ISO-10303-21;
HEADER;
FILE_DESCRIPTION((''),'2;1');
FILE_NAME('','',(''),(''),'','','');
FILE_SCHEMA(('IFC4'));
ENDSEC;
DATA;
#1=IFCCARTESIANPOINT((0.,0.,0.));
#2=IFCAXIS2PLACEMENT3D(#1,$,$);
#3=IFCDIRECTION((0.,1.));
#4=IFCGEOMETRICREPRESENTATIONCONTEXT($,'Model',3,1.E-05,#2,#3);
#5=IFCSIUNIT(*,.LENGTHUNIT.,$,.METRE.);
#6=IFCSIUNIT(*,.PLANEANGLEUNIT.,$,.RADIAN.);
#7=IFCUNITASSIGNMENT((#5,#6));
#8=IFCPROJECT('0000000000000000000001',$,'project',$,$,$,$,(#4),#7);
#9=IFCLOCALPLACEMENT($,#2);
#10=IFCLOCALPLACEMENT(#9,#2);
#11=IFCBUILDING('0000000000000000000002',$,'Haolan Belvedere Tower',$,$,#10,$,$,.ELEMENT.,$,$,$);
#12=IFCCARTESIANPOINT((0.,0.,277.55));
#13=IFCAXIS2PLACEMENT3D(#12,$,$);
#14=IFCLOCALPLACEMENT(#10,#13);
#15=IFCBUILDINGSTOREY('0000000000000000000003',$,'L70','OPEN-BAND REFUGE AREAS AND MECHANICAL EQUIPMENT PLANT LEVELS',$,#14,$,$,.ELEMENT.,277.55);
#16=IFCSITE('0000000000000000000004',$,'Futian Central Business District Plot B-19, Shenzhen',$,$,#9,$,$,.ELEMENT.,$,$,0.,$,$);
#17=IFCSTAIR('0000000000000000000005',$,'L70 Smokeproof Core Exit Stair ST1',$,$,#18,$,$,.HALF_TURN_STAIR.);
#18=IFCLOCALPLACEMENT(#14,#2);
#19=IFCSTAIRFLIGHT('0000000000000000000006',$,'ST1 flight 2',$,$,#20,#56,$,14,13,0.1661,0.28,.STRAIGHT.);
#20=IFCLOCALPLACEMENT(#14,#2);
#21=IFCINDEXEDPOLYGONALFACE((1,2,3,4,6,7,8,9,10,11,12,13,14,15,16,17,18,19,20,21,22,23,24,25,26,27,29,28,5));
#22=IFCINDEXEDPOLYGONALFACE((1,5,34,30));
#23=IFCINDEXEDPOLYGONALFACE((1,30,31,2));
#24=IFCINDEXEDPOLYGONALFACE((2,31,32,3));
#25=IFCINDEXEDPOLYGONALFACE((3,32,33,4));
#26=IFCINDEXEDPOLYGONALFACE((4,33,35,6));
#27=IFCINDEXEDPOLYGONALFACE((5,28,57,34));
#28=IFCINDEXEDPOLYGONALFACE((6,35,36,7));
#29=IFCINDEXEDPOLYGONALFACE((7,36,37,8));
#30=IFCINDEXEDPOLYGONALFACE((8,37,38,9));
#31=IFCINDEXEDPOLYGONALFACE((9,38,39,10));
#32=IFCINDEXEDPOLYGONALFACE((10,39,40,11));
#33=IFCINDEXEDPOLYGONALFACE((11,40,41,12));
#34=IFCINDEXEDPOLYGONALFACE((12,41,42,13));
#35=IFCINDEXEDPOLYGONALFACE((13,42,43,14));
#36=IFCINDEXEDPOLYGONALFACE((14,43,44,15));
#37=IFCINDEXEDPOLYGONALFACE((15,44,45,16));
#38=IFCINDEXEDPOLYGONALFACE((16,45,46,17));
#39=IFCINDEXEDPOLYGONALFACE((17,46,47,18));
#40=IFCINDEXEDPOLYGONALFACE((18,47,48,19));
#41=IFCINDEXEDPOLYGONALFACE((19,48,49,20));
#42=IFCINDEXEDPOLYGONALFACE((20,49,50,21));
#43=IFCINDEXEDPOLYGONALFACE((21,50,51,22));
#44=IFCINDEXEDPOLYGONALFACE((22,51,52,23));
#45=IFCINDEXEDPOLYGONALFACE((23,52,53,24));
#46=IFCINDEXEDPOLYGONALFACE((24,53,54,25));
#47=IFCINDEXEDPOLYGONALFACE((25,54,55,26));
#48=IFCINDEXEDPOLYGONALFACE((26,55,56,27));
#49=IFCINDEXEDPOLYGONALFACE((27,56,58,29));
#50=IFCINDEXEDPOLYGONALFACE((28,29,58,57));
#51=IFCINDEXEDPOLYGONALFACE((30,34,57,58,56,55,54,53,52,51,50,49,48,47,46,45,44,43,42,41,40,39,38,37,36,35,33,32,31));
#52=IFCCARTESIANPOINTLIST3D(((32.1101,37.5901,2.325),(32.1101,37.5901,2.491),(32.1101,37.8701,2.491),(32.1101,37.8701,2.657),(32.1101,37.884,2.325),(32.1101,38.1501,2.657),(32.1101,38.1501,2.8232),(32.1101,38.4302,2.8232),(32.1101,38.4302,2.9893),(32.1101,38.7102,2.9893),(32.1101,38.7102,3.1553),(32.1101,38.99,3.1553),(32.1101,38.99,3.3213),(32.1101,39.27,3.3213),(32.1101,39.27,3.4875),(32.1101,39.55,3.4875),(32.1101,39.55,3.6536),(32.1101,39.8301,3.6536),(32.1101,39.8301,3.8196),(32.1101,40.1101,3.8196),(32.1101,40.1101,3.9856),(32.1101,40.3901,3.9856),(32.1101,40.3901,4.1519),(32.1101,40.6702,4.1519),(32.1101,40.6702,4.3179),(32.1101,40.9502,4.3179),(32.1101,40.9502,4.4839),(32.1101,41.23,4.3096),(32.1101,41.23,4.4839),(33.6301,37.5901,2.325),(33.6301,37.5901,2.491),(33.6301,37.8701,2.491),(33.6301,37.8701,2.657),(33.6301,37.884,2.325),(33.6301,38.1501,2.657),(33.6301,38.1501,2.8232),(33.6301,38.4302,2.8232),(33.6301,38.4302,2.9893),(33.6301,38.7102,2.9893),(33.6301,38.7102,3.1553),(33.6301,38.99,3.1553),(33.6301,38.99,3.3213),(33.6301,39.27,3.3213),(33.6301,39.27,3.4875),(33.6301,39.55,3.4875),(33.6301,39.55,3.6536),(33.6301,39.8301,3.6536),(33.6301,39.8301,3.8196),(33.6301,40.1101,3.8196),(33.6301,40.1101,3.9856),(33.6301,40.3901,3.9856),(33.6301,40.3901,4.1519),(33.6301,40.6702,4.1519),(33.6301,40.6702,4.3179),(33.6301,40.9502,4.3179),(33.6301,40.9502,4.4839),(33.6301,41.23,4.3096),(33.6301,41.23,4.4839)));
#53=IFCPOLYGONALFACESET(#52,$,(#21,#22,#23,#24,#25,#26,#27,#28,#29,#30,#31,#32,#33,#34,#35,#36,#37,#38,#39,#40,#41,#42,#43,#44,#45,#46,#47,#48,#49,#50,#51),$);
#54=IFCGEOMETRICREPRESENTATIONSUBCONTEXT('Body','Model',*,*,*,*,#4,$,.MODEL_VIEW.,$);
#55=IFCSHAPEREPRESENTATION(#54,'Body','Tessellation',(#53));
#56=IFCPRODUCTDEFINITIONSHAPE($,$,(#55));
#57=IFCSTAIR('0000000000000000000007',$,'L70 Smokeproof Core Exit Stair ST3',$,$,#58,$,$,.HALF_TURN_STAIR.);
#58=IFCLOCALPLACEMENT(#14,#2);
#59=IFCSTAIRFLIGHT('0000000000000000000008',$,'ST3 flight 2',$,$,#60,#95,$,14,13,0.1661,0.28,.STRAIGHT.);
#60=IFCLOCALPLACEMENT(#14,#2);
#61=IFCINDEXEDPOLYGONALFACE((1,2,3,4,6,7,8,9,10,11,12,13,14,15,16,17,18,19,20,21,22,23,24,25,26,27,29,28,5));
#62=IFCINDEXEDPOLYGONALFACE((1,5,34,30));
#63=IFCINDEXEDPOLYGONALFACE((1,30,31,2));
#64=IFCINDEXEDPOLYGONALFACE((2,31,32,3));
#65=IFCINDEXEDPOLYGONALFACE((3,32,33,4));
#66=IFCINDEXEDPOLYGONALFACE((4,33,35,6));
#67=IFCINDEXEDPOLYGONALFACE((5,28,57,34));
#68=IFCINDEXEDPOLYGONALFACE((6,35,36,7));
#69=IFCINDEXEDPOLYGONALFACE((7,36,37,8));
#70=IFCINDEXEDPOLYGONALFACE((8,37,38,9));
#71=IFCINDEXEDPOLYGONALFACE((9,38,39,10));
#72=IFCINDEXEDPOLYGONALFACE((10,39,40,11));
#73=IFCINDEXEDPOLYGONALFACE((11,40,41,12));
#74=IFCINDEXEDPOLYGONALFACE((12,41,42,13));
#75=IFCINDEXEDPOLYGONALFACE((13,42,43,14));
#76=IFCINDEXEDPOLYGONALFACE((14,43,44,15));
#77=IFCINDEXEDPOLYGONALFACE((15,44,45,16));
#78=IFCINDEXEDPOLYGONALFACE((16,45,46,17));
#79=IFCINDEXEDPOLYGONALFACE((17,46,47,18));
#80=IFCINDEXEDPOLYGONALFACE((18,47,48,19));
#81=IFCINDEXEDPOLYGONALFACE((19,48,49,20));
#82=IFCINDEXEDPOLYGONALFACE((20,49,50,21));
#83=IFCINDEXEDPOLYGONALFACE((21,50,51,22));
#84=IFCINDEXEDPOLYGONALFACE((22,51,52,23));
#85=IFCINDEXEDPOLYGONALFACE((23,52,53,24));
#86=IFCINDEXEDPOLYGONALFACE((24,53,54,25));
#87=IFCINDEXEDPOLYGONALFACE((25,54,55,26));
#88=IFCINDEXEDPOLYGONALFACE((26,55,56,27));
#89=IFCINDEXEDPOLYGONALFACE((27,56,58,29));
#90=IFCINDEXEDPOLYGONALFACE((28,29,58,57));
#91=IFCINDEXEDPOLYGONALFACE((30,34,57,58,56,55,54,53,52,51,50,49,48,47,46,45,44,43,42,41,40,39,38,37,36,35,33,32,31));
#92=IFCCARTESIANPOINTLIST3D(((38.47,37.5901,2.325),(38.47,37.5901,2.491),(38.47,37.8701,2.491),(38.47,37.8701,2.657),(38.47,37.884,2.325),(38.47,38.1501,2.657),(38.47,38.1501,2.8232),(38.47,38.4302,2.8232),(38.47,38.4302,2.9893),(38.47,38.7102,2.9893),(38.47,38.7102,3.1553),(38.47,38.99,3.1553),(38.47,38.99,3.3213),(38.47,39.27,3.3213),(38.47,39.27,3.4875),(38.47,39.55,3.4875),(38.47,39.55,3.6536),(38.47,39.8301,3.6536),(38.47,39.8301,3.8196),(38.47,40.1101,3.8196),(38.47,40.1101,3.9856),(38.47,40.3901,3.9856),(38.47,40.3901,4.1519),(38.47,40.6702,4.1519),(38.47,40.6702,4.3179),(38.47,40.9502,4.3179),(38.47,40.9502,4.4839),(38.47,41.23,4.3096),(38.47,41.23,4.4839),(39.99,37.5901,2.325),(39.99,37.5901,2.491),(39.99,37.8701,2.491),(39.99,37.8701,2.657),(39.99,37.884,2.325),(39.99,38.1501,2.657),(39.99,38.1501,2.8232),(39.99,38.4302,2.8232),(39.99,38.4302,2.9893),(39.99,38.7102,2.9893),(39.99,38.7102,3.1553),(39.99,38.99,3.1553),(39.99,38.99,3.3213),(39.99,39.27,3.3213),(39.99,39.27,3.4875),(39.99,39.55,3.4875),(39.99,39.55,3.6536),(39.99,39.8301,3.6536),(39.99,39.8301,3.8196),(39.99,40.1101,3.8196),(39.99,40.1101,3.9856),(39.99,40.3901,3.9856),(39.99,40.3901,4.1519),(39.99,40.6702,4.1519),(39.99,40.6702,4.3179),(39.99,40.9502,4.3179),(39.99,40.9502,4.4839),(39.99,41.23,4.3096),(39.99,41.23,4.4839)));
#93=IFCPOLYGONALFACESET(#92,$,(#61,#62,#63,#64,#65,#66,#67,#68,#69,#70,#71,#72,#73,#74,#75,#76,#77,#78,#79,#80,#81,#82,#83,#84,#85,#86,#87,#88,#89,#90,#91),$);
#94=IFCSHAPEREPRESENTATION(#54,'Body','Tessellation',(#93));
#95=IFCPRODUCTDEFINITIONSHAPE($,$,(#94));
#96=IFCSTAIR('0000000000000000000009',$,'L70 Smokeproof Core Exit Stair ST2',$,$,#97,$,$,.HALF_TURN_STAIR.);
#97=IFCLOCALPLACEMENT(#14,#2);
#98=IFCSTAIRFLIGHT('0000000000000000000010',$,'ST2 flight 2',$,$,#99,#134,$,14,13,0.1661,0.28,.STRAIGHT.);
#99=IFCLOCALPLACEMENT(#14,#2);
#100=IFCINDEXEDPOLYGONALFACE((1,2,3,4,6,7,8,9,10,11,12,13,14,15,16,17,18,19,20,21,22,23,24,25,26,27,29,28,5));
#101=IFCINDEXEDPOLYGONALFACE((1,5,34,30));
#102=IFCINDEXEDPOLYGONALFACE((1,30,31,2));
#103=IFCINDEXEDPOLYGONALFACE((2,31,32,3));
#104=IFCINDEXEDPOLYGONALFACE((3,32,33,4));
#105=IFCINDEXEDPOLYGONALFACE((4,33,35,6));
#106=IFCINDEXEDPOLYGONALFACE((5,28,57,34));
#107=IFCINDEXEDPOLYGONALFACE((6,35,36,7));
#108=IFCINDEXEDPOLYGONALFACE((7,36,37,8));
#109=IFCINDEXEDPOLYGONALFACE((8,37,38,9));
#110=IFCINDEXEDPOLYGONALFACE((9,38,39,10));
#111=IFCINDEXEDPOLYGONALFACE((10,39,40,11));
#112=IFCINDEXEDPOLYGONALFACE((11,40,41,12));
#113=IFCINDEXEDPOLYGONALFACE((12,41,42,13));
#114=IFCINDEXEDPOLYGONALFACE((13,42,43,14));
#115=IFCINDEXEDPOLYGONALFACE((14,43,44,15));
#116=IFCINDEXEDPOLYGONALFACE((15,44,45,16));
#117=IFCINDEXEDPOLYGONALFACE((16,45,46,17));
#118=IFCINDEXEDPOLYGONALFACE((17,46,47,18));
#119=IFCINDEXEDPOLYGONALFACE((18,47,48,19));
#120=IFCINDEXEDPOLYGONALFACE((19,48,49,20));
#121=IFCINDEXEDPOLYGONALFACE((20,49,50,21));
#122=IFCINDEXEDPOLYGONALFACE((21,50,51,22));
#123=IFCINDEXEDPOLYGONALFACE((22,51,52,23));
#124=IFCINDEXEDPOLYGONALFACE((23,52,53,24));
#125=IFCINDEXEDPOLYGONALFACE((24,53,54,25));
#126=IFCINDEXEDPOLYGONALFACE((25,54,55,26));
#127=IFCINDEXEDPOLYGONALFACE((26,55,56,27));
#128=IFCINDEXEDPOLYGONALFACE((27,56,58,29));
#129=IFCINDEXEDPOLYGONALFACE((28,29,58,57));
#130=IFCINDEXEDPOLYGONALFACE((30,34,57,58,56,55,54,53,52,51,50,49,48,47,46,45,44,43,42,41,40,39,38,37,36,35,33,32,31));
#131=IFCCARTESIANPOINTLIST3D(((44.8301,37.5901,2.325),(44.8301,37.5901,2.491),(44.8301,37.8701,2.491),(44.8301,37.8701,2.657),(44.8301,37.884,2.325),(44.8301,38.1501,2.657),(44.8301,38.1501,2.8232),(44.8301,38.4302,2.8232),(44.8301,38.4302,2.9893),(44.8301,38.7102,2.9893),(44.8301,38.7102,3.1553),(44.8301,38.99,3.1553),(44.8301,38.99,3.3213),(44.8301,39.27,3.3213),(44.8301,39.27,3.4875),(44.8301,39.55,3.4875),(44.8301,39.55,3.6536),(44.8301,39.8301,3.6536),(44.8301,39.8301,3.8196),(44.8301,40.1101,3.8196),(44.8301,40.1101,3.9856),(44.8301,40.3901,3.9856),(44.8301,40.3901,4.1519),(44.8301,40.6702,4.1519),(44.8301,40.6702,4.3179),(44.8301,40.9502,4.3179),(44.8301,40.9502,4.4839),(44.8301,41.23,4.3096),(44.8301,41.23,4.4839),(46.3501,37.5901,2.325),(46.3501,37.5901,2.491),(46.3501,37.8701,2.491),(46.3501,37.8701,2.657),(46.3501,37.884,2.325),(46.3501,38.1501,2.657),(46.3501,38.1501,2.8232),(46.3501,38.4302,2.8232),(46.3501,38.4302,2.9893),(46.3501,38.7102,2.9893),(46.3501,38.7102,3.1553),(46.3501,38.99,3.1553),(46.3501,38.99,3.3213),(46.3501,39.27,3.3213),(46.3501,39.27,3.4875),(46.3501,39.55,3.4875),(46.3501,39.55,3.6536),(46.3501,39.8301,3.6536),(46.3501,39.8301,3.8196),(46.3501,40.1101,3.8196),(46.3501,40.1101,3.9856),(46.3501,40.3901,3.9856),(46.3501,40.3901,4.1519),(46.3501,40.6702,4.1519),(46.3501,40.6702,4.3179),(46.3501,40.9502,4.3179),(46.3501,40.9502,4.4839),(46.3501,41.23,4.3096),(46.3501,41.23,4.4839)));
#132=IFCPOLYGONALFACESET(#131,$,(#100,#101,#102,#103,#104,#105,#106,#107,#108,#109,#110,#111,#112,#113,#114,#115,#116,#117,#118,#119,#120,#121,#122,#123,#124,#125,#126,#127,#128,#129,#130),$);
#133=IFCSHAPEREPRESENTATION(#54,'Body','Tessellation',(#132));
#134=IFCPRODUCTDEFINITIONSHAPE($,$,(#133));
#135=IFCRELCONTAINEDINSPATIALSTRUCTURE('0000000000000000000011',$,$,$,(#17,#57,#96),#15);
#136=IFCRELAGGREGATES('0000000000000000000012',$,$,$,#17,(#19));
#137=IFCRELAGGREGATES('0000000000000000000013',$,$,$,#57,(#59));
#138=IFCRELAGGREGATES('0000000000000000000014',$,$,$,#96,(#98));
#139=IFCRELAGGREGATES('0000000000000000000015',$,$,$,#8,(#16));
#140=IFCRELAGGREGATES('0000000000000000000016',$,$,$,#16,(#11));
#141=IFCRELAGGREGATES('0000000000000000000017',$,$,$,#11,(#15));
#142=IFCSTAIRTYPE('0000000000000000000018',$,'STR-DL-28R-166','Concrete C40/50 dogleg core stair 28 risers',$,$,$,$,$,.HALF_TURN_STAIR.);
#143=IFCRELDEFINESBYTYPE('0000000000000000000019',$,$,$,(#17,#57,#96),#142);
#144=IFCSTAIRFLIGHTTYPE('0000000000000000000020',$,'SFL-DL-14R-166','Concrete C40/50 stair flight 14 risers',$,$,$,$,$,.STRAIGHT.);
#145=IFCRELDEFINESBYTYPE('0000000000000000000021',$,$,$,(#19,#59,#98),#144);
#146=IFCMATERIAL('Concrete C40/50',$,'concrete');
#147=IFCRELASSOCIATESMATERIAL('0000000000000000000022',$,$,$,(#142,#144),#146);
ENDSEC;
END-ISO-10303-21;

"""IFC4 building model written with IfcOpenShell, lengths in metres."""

from ifc_helpers import new_model, si_unit, direction, frame, origin, place, context, subcontext, project, spatial, polyline, outline, extrude, material, type_object, element, aggregate, save


model = new_model("IFC4")

# Units and contexts
model_context = context("Model", 3, precision=1e-05, world=origin(), true_north=direction((0.0, 1.0)))
body_context = subcontext(model_context, "Body", "Model", "MODEL_VIEW")
ifc_project = project(units=[si_unit("LENGTHUNIT", "METRE"), si_unit("PLANEANGLEUNIT", "RADIAN")], contexts=[model_context])

# Site, building, storey
site_placement = place(None, origin())
site = spatial("IfcSite", under=ifc_project, at=site_placement, Name="Futian Central Business District Plot B-19, Shenzhen", CompositionType="ELEMENT", RefElevation=0.0)
building_placement = place(site_placement, origin())
building = spatial("IfcBuilding", under=site, at=building_placement, Name="Haolan Belvedere Tower", CompositionType="ELEMENT")
storey_placement = place(building_placement, frame((0.0, 0.0, 277.55)))
storey = spatial("IfcBuildingStorey", under=building, at=storey_placement, Name="L70", Description="OPEN-BAND REFUGE AREAS AND MECHANICAL EQUIPMENT PLANT LEVELS", CompositionType="ELEMENT", Elevation=277.55)

# Stairs, stair flights
ifc_material_1 = material(Name="Concrete C40/50", Category="concrete")
stair_type = type_object("IfcStairType", Name="STR-DL-28R-166", Description="Concrete C40/50 dogleg core stair 28 risers", PredefinedType="HALF_TURN_STAIR", material=ifc_material_1)
stair_1_placement = place(storey_placement, origin())
stair_1 = element("IfcStair", 1, at=stair_1_placement, inside=storey, type_object=stair_type, Name="L70 Smokeproof Core Exit Stair ST1", PredefinedType="HALF_TURN_STAIR")
stair_flight_type = type_object("IfcStairFlightType", Name="SFL-DL-14R-166", Description="Concrete C40/50 stair flight 14 risers", PredefinedType="STRAIGHT", material=ifc_material_1)
stair_flight_1_placement = place(storey_placement, frame((32.8701, 37.5901, 2.325), z_axis=(0.0, 0.0, 1.0), x_axis=(0.0, 1.0, 0.0)))
stair_flight_1 = element("IfcStairFlight", 2, at=stair_flight_1_placement, type_object=stair_flight_type, Name="ST1 flight 2", NumberOfRisers=14, NumberOfTreads=13, PredefinedType="STRAIGHT", RiserHeight=0.1661, TreadLength=0.28, context=body_context, shape_type="SweptSolid", body=[
    extrude(outline(polyline([(0.0, 0.0), (0.0, 0.166), (0.28, 0.166), (0.28, 0.332), (0.5601, 0.332), (0.5601, 0.4983), (0.8401, 0.4983), (0.8401, 0.6643), (1.1201, 0.6643), (1.1201, 0.8303), (1.3999, 0.8303), (1.3999, 0.9963), (1.6799, 0.9963), (1.6799, 1.1626), (1.96, 1.1626), (1.96, 1.3286), (2.24, 1.3286), (2.24, 1.4946), (2.52, 1.4946), (2.52, 1.6606), (2.8, 1.6606), (2.8, 1.8269), (3.0801, 1.8269), (3.0801, 1.9929), (3.3601, 1.9929), (3.3601, 2.1589), (3.6399, 2.1589), (3.6399, 2.325), (3.6399, 1.9846), (0.2939, 0.0), (0.0, 0.0)])), frame((0.0, 0.76, 0.0), z_axis=(0.0, -1.0, 0.0), x_axis=(1.0, 0.0, 0.0)), (0.0, 0.0, 1.0), 1.52),
])
aggregate(stair_1, [stair_flight_1])
stair_2_placement = place(storey_placement, origin())
stair_2 = element("IfcStair", 3, at=stair_2_placement, inside=storey, type_object=stair_type, Name="L70 Smokeproof Core Exit Stair ST3", PredefinedType="HALF_TURN_STAIR")
stair_flight_2_placement = place(storey_placement, frame((39.23, 37.5901, 2.325), z_axis=(0.0, 0.0, 1.0), x_axis=(0.0, 1.0, 0.0)))
stair_flight_2 = element("IfcStairFlight", 4, at=stair_flight_2_placement, type_object=stair_flight_type, Name="ST3 flight 2", NumberOfRisers=14, NumberOfTreads=13, PredefinedType="STRAIGHT", RiserHeight=0.1661, TreadLength=0.28, context=body_context, shape_type="SweptSolid", body=[
    extrude(outline(polyline([(0.0, 0.0), (0.0, 0.166), (0.28, 0.166), (0.28, 0.332), (0.5601, 0.332), (0.5601, 0.4983), (0.8401, 0.4983), (0.8401, 0.6643), (1.1201, 0.6643), (1.1201, 0.8303), (1.3999, 0.8303), (1.3999, 0.9963), (1.6799, 0.9963), (1.6799, 1.1626), (1.96, 1.1626), (1.96, 1.3286), (2.24, 1.3286), (2.24, 1.4946), (2.52, 1.4946), (2.52, 1.6606), (2.8, 1.6606), (2.8, 1.8269), (3.0801, 1.8269), (3.0801, 1.9929), (3.3601, 1.9929), (3.3601, 2.1589), (3.6399, 2.1589), (3.6399, 2.325), (3.6399, 1.9846), (0.2939, 0.0), (0.0, 0.0)])), frame((0.0, 0.76, 0.0), z_axis=(0.0, -1.0, 0.0), x_axis=(1.0, 0.0, 0.0)), (0.0, 0.0, 1.0), 1.52),
])
aggregate(stair_2, [stair_flight_2])
stair_3_placement = place(storey_placement, origin())
stair_3 = element("IfcStair", 5, at=stair_3_placement, inside=storey, type_object=stair_type, Name="L70 Smokeproof Core Exit Stair ST2", PredefinedType="HALF_TURN_STAIR")
stair_flight_3_placement = place(storey_placement, frame((45.5901, 37.5901, 2.325), z_axis=(0.0, 0.0, 1.0), x_axis=(0.0, 1.0, 0.0)))
stair_flight_3 = element("IfcStairFlight", 6, at=stair_flight_3_placement, type_object=stair_flight_type, Name="ST2 flight 2", NumberOfRisers=14, NumberOfTreads=13, PredefinedType="STRAIGHT", RiserHeight=0.1661, TreadLength=0.28, context=body_context, shape_type="SweptSolid", body=[
    extrude(outline(polyline([(0.0, 0.0), (0.0, 0.166), (0.28, 0.166), (0.28, 0.332), (0.5601, 0.332), (0.5601, 0.4983), (0.8401, 0.4983), (0.8401, 0.6643), (1.1201, 0.6643), (1.1201, 0.8303), (1.3999, 0.8303), (1.3999, 0.9963), (1.6799, 0.9963), (1.6799, 1.1626), (1.96, 1.1626), (1.96, 1.3286), (2.24, 1.3286), (2.24, 1.4946), (2.52, 1.4946), (2.52, 1.6606), (2.8, 1.6606), (2.8, 1.8269), (3.0801, 1.8269), (3.0801, 1.9929), (3.3601, 1.9929), (3.3601, 2.1589), (3.6399, 2.1589), (3.6399, 2.325), (3.6399, 1.9846), (0.2939, 0.0), (0.0, 0.0)])), frame((0.0, 0.76, 0.0), z_axis=(0.0, -1.0, 0.0), x_axis=(1.0, 0.0, 0.0)), (0.0, 0.0, 1.0), 1.52),
])
aggregate(stair_3, [stair_flight_3])

save(model, "model.ifc")
